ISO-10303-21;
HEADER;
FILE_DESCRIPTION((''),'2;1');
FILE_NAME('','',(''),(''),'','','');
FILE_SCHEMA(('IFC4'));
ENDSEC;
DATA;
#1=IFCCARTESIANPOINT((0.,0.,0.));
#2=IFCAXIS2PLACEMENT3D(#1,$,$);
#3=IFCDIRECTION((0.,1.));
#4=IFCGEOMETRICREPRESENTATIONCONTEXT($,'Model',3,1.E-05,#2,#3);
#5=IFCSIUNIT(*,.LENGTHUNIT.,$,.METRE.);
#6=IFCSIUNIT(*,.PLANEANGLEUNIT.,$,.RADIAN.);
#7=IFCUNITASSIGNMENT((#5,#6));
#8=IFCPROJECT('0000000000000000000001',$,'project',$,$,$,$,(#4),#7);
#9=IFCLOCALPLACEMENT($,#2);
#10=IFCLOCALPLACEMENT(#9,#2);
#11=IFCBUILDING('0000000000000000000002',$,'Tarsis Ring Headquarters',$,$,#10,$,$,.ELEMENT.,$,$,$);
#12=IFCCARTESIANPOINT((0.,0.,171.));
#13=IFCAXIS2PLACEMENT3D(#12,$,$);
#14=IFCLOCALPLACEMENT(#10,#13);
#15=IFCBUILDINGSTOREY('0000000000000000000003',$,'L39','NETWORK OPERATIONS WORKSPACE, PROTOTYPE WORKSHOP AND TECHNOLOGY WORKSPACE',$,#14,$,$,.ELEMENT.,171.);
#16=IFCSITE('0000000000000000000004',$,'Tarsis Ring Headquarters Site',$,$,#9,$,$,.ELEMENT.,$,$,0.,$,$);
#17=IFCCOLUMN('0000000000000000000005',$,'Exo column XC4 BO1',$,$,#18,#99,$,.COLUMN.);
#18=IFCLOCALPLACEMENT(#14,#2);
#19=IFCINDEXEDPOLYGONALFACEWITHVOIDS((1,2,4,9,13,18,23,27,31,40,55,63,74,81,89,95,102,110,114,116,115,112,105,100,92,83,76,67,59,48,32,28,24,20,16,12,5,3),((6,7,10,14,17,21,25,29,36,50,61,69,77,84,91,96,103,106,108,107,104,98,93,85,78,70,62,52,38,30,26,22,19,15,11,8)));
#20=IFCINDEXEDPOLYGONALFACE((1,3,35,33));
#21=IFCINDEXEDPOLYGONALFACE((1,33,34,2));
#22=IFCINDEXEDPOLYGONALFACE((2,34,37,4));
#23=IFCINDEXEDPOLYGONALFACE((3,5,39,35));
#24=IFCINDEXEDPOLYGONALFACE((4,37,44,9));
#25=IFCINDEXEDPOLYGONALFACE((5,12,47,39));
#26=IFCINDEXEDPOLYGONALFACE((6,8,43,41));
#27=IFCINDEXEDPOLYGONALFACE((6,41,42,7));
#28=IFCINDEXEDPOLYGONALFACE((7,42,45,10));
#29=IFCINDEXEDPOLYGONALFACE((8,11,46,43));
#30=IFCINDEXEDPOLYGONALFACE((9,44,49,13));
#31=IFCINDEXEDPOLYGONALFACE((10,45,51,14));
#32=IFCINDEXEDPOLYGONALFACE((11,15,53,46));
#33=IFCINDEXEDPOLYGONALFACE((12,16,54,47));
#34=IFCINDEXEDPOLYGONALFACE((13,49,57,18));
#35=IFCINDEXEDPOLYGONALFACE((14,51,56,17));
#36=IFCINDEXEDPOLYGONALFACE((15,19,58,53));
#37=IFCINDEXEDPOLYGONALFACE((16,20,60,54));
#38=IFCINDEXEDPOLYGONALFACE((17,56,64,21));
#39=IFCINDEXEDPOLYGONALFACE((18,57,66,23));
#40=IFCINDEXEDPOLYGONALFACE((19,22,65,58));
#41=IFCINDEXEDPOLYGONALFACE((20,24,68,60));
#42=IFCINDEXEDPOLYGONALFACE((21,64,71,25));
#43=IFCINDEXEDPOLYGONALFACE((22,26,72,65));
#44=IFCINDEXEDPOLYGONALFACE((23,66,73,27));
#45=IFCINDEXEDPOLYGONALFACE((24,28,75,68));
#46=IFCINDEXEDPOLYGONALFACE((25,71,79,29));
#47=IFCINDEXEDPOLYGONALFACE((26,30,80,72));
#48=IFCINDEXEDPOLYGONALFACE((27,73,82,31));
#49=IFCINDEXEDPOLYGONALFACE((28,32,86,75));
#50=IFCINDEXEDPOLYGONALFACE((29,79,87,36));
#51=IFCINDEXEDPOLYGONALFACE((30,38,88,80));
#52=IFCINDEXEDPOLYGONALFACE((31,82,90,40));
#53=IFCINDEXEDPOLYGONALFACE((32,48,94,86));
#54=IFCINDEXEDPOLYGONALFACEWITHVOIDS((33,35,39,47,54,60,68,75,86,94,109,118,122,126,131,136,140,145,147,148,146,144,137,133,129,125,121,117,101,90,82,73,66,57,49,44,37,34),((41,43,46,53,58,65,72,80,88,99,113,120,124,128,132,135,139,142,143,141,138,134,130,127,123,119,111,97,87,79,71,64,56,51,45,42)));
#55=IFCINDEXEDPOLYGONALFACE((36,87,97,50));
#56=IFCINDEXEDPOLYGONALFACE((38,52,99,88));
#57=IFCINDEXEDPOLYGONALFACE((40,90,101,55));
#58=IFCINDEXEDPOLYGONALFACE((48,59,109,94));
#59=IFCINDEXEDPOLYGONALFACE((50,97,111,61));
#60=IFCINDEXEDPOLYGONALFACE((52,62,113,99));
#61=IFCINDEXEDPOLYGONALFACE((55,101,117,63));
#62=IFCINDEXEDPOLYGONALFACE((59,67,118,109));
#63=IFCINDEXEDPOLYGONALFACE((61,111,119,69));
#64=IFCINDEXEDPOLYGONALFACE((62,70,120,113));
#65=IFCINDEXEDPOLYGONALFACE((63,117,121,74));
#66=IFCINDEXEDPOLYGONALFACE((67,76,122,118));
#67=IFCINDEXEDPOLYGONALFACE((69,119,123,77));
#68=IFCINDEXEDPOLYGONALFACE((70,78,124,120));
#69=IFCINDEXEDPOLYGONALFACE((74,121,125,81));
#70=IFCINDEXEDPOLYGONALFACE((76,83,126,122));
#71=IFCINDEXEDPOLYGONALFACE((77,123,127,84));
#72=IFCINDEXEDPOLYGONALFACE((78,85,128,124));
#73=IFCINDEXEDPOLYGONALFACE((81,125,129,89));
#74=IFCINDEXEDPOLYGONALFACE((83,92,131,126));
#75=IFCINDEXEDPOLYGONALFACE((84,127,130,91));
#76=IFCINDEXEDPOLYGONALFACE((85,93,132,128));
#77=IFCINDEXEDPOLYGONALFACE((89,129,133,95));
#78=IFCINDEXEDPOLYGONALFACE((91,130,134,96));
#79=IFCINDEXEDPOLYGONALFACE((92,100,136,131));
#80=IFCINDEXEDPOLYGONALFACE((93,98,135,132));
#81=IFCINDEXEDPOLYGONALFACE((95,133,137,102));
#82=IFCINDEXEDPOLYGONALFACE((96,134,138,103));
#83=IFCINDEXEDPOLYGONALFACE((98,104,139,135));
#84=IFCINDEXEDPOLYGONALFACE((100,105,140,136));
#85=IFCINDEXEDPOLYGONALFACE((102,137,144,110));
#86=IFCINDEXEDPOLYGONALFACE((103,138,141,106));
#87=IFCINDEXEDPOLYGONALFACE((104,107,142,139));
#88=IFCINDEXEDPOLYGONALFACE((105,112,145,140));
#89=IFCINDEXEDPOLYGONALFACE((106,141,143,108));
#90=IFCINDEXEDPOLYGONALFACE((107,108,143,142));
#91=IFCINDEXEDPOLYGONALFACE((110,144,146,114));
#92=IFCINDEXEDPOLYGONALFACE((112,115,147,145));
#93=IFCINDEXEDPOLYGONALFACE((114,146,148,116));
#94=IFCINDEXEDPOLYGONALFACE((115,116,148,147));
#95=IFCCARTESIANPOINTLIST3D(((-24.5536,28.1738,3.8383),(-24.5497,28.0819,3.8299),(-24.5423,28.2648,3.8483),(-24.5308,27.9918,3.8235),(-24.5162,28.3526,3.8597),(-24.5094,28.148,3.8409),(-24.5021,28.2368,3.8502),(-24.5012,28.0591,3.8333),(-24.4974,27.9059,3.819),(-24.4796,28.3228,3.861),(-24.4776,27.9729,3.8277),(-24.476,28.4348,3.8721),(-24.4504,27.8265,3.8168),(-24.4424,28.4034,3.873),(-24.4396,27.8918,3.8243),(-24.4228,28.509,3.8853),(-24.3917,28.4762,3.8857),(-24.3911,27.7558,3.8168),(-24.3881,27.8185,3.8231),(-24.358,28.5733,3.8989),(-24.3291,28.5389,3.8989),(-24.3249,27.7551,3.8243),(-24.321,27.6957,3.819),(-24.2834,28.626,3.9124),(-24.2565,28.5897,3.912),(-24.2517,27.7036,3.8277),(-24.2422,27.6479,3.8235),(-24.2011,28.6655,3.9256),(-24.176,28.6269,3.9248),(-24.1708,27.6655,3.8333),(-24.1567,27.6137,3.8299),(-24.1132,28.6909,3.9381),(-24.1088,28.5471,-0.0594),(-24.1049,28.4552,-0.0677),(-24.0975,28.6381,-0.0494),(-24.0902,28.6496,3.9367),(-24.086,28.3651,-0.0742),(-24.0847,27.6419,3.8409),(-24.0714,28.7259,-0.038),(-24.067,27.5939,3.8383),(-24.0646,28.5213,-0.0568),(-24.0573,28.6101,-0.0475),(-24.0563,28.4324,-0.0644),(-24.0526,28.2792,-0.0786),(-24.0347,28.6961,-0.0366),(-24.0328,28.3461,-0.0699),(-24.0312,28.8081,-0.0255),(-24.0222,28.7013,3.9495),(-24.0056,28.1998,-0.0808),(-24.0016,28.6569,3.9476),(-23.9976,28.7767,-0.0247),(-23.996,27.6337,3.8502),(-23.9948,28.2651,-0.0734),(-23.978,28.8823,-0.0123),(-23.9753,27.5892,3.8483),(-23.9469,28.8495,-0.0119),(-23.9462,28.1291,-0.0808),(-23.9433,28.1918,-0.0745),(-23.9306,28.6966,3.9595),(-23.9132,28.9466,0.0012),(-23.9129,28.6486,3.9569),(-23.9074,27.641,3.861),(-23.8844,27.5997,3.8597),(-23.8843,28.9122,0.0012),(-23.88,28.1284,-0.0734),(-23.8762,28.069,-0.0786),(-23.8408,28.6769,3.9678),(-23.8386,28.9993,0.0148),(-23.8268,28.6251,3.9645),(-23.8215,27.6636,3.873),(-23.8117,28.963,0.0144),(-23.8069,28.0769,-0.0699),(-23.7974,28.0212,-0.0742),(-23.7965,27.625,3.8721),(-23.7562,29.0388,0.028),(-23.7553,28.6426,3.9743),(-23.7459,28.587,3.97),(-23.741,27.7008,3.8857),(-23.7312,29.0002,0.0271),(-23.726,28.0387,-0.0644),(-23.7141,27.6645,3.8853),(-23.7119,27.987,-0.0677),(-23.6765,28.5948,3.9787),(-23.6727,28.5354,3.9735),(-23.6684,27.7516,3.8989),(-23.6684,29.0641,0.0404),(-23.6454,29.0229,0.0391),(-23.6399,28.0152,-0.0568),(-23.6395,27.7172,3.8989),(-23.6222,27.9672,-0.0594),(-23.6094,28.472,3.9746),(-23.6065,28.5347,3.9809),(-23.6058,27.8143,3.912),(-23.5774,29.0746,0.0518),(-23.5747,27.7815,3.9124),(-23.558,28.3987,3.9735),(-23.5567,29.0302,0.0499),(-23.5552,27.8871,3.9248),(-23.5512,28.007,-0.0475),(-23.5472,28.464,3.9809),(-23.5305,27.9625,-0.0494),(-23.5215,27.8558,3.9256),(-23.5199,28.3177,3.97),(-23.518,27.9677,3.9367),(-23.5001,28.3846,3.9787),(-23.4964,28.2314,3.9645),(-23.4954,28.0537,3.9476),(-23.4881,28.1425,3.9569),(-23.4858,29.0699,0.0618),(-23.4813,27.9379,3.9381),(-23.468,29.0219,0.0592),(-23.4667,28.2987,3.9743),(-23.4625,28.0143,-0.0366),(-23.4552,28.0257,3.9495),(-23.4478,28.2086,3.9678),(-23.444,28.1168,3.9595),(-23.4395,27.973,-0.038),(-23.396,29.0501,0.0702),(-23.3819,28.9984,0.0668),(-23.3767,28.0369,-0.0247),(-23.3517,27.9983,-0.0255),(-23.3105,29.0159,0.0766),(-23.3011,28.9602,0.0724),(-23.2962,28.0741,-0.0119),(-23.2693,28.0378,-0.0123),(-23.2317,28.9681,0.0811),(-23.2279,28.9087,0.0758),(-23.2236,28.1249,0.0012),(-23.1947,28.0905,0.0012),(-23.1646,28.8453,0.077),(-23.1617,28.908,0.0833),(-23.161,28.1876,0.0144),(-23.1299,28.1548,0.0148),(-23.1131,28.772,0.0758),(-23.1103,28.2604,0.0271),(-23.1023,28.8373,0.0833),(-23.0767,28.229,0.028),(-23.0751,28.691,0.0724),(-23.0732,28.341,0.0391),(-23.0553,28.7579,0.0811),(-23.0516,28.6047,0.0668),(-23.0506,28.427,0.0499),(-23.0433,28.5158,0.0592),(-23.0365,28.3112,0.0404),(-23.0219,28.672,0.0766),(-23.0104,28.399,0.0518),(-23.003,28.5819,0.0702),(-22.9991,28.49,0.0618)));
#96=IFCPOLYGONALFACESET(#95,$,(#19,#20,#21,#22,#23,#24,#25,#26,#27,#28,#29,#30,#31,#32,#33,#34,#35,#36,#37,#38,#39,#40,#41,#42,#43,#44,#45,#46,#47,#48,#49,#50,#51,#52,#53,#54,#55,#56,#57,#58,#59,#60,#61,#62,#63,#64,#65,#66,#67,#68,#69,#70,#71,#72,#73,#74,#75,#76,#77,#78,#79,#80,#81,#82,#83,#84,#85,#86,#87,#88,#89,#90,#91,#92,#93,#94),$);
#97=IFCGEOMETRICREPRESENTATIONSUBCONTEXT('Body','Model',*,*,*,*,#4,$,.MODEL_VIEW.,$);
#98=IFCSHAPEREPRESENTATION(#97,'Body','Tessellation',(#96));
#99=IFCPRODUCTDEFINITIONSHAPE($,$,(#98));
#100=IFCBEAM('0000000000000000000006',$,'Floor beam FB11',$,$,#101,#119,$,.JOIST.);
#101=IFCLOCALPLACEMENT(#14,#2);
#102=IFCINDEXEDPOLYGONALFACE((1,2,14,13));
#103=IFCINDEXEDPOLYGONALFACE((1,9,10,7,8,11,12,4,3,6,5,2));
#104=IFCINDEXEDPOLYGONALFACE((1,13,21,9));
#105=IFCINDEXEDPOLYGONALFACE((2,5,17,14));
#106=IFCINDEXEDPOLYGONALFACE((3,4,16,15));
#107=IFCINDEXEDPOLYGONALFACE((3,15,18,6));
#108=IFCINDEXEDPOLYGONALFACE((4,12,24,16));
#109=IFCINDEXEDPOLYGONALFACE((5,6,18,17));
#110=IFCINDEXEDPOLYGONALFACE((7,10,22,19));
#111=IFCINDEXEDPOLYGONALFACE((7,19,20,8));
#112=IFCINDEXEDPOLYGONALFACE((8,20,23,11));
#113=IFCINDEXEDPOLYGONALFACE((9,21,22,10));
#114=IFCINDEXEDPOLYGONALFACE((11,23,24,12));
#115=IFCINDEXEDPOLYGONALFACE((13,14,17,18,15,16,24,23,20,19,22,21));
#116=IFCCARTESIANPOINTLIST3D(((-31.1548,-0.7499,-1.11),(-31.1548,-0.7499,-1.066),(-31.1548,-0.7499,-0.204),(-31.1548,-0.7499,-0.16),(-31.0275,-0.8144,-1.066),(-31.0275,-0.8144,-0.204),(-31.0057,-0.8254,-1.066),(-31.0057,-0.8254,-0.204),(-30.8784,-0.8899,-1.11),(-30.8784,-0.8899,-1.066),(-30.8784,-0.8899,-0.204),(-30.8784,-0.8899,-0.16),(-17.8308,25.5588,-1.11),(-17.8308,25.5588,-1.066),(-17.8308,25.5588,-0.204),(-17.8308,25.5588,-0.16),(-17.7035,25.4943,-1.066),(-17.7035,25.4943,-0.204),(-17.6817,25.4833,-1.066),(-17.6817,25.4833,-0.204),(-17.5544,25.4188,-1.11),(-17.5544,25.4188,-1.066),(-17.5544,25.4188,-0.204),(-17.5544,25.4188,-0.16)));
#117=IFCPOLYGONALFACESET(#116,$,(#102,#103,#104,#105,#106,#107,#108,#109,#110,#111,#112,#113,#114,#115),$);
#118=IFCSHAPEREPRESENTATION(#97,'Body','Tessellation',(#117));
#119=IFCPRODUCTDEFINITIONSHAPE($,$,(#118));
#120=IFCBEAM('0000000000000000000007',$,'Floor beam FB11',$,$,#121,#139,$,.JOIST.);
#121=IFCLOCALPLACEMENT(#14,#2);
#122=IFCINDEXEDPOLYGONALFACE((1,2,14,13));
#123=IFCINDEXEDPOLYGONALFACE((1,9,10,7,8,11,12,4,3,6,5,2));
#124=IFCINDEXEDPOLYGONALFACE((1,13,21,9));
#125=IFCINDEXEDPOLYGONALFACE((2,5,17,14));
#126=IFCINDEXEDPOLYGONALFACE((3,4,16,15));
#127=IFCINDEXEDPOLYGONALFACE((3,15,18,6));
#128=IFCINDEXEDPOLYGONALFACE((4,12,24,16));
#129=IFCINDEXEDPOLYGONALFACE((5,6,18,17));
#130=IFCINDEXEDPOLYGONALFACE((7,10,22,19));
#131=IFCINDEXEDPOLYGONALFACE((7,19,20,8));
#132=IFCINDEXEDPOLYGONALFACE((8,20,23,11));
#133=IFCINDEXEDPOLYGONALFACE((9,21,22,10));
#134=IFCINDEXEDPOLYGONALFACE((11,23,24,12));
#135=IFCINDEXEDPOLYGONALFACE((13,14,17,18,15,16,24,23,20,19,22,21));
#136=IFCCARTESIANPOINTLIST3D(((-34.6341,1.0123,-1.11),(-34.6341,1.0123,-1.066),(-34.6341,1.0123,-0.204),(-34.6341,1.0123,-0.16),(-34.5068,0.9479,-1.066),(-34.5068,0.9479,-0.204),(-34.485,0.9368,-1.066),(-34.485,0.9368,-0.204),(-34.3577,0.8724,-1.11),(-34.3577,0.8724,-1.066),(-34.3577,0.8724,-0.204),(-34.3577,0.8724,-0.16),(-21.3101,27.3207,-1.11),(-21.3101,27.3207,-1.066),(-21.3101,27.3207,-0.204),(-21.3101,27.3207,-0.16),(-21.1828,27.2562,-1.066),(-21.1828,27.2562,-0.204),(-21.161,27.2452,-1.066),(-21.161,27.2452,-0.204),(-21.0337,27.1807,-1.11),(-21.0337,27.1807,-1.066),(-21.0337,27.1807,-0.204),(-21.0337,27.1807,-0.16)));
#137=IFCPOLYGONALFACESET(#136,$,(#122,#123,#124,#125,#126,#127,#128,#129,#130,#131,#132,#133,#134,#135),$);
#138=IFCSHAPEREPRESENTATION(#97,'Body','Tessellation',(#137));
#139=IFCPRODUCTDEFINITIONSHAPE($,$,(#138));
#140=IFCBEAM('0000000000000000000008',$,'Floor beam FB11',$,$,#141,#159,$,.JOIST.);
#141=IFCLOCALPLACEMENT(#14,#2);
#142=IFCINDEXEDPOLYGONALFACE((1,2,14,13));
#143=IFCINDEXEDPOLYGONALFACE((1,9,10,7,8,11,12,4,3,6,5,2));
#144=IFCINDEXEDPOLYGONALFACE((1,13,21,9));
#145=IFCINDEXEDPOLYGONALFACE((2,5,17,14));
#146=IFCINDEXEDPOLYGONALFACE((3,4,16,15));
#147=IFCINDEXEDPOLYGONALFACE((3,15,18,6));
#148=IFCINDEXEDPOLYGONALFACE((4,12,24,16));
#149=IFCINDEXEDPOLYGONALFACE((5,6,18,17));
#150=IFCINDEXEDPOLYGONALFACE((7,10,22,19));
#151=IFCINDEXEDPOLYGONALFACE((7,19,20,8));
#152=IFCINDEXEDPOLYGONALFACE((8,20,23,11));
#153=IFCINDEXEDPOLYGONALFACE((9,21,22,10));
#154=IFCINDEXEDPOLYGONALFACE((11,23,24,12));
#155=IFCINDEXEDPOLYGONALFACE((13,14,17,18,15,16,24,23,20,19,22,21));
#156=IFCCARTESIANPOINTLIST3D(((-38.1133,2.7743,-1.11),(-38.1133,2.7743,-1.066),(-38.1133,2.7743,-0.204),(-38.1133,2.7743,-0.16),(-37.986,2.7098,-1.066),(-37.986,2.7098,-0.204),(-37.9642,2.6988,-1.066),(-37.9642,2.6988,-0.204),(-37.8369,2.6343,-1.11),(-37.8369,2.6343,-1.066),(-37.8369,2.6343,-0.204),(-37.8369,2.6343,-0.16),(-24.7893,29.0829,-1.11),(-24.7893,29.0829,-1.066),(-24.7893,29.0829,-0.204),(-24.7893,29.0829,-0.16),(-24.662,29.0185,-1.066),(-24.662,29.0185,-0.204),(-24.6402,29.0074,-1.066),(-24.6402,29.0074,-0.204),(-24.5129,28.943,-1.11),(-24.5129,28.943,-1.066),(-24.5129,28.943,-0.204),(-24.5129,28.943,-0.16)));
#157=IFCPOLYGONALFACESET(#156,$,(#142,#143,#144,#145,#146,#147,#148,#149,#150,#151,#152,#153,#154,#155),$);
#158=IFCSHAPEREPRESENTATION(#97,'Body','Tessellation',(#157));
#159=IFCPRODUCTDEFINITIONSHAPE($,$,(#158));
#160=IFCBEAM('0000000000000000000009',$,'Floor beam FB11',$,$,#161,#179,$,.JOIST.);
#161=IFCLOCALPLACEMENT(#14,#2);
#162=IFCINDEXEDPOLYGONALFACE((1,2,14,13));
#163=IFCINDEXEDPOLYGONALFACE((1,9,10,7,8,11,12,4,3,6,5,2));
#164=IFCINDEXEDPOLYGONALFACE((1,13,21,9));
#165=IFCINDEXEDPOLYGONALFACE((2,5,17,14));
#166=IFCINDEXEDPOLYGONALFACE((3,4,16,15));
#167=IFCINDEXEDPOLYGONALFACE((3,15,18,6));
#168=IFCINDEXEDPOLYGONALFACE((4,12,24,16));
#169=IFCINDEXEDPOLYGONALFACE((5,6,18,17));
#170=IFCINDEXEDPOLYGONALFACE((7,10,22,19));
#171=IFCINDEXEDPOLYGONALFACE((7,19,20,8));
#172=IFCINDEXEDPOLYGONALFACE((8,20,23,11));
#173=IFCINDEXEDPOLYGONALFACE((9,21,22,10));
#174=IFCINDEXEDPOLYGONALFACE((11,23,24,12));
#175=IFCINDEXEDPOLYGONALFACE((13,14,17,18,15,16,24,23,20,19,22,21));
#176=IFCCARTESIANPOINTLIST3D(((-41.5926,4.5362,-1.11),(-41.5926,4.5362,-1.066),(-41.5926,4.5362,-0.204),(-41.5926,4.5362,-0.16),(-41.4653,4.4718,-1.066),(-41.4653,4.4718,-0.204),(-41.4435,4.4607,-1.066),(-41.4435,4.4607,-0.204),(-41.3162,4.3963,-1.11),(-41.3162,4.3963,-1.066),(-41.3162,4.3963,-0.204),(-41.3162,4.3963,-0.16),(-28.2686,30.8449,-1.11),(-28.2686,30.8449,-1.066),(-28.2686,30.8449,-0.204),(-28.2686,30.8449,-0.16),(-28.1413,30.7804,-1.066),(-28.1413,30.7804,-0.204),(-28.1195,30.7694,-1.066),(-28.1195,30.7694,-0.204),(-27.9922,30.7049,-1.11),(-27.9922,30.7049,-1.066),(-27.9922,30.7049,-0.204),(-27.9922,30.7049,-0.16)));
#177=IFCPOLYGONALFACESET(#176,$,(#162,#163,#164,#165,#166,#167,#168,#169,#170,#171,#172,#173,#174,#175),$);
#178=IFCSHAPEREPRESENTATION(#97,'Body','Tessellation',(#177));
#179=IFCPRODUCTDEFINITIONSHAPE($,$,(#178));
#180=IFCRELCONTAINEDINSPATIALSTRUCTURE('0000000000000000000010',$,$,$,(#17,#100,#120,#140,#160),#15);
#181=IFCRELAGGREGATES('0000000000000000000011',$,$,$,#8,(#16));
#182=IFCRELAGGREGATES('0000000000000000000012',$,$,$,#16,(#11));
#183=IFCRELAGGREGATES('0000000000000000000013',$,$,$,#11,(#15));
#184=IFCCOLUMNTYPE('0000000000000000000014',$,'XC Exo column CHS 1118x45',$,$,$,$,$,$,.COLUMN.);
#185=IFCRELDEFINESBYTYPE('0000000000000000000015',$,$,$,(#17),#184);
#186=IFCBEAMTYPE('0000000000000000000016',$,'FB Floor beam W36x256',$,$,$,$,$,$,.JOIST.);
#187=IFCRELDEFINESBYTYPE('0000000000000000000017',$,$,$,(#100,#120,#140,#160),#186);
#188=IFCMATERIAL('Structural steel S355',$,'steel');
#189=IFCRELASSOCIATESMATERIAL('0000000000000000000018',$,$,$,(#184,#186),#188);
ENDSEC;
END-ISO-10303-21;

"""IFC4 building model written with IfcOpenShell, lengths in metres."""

from ifc_helpers import new_model, si_unit, direction, frame, origin, origin_2d, place, context, subcontext, project, spatial, hollow_circle, i_section, extrude, material, material_profile, profile_set, type_object, element, save


model = new_model("IFC4")

# Units and contexts
model_context = context("Model", 3, precision=1e-05, world=origin(), true_north=direction((0.0, 1.0)))
body_context = subcontext(model_context, "Body", "Model", "MODEL_VIEW")
ifc_project = project(units=[si_unit("LENGTHUNIT", "METRE"), si_unit("PLANEANGLEUNIT", "RADIAN")], contexts=[model_context])

# Site, building, storey
site_placement = place(None, origin())
site = spatial("IfcSite", under=ifc_project, at=site_placement, Name="Tarsis Ring Headquarters Site", CompositionType="ELEMENT", RefElevation=0.0)
building_placement = place(site_placement, origin())
building = spatial("IfcBuilding", under=site, at=building_placement, Name="Tarsis Ring Headquarters", CompositionType="ELEMENT")
storey_placement = place(building_placement, frame((0.0, 0.0, 171.0)))
storey = spatial("IfcBuildingStorey", under=building, at=storey_placement, Name="L39", Description="NETWORK OPERATIONS WORKSPACE, PROTOTYPE WORKSHOP AND TECHNOLOGY WORKSPACE", CompositionType="ELEMENT", Elevation=171.0)

# Column
ifc_material_1 = material(Name="Structural steel S355", Category="steel")
ifc_material_profile_1 = material_profile(ifc_material_1, hollow_circle(Radius=0.5588, WallThickness=0.0449, at=origin_2d()), Name="CHS 1118x45")
ifc_profile_set_1 = profile_set([ifc_material_profile_1], Name="Structural steel S355")
column_type = type_object("IfcColumnType", Name="XC Exo column CHS 1118x45", PredefinedType="COLUMN", material=ifc_profile_set_1)
column_placement = place(storey_placement, frame((-23.554, 28.5186, 0.0012), z_axis=(-0.112879, -0.094726, 0.989083), x_axis=(0.642827, -0.766011, 0.0)))
element("IfcColumn", 1, at=column_placement, inside=storey, type_object=column_type, Name="Exo column XC4 BO1", PredefinedType="COLUMN", context=body_context, shape_type="SweptSolid", body=[
    extrude(hollow_circle(Radius=0.5588, WallThickness=0.0449, at=origin_2d()), origin(), (0.0, 0.0, 1.0), 3.9407),
])

# Beams
ifc_material_profile_2 = material_profile(ifc_material_1, i_section(OverallWidth=0.3098, OverallDepth=0.95, WebThickness=0.0244, FlangeThickness=0.0439, at=origin_2d()), Name="W36x256")
ifc_profile_set_2 = profile_set([ifc_material_profile_2], Name="Structural steel S355")
beam_type_1 = type_object("IfcBeamType", Name="FB Floor beam W36x256", PredefinedType="JOIST", material=ifc_profile_set_2)
beam_1_placement = place(storey_placement, frame((-17.6926, 25.4888, -0.635), z_axis=(-0.451811, -0.892114, 0.0), x_axis=(0.892114, -0.451811, 0.0)))
element("IfcBeam", 2, at=beam_1_placement, inside=storey, type_object=beam_type_1, Name="Floor beam FB11", PredefinedType="JOIST", context=body_context, shape_type="SweptSolid", body=[
    extrude(i_section(OverallWidth=0.3098, OverallDepth=0.95, WebThickness=0.0244, FlangeThickness=0.0439, at=origin_2d()), origin(), (0.0, 0.0, 1.0), 29.4902),
])
beam_2_placement = place(storey_placement, frame((-21.1719, 27.2507, -0.635), z_axis=(-0.451814, -0.892112, 0.0), x_axis=(0.892112, -0.451814, 0.0)))
element("IfcBeam", 3, at=beam_2_placement, inside=storey, type_object=beam_type_1, Name="Floor beam FB11", PredefinedType="JOIST", context=body_context, shape_type="SweptSolid", body=[
    extrude(i_section(OverallWidth=0.3098, OverallDepth=0.95, WebThickness=0.0244, FlangeThickness=0.0439, at=origin_2d()), origin(), (0.0, 0.0, 1.0), 29.49),
])
for number, where, z_axis, x_axis, name in (
    (4, (-24.6511, 29.0129, -0.635), (-0.451811, -0.892114, 0.0), (0.892114, -0.451811, 0.0), "Floor beam FB11"),
    (5, (-28.1304, 30.7749, -0.635), (-0.451811, -0.892114, 0.0), (0.892114, -0.451811, 0.0), "Floor beam FB11"),
):
    element("IfcBeam", number, at=place(storey_placement, frame(where, z_axis=z_axis, x_axis=x_axis)), inside=storey, type_object=beam_type_1, Name=name, PredefinedType="JOIST", context=body_context, shape_type="SweptSolid", body=[
        extrude(i_section(OverallWidth=0.3098, OverallDepth=0.95, WebThickness=0.0244, FlangeThickness=0.0439, at=origin_2d()), origin(), (0.0, 0.0, 1.0), 29.4902),
    ])

save(model, "model.ifc")
